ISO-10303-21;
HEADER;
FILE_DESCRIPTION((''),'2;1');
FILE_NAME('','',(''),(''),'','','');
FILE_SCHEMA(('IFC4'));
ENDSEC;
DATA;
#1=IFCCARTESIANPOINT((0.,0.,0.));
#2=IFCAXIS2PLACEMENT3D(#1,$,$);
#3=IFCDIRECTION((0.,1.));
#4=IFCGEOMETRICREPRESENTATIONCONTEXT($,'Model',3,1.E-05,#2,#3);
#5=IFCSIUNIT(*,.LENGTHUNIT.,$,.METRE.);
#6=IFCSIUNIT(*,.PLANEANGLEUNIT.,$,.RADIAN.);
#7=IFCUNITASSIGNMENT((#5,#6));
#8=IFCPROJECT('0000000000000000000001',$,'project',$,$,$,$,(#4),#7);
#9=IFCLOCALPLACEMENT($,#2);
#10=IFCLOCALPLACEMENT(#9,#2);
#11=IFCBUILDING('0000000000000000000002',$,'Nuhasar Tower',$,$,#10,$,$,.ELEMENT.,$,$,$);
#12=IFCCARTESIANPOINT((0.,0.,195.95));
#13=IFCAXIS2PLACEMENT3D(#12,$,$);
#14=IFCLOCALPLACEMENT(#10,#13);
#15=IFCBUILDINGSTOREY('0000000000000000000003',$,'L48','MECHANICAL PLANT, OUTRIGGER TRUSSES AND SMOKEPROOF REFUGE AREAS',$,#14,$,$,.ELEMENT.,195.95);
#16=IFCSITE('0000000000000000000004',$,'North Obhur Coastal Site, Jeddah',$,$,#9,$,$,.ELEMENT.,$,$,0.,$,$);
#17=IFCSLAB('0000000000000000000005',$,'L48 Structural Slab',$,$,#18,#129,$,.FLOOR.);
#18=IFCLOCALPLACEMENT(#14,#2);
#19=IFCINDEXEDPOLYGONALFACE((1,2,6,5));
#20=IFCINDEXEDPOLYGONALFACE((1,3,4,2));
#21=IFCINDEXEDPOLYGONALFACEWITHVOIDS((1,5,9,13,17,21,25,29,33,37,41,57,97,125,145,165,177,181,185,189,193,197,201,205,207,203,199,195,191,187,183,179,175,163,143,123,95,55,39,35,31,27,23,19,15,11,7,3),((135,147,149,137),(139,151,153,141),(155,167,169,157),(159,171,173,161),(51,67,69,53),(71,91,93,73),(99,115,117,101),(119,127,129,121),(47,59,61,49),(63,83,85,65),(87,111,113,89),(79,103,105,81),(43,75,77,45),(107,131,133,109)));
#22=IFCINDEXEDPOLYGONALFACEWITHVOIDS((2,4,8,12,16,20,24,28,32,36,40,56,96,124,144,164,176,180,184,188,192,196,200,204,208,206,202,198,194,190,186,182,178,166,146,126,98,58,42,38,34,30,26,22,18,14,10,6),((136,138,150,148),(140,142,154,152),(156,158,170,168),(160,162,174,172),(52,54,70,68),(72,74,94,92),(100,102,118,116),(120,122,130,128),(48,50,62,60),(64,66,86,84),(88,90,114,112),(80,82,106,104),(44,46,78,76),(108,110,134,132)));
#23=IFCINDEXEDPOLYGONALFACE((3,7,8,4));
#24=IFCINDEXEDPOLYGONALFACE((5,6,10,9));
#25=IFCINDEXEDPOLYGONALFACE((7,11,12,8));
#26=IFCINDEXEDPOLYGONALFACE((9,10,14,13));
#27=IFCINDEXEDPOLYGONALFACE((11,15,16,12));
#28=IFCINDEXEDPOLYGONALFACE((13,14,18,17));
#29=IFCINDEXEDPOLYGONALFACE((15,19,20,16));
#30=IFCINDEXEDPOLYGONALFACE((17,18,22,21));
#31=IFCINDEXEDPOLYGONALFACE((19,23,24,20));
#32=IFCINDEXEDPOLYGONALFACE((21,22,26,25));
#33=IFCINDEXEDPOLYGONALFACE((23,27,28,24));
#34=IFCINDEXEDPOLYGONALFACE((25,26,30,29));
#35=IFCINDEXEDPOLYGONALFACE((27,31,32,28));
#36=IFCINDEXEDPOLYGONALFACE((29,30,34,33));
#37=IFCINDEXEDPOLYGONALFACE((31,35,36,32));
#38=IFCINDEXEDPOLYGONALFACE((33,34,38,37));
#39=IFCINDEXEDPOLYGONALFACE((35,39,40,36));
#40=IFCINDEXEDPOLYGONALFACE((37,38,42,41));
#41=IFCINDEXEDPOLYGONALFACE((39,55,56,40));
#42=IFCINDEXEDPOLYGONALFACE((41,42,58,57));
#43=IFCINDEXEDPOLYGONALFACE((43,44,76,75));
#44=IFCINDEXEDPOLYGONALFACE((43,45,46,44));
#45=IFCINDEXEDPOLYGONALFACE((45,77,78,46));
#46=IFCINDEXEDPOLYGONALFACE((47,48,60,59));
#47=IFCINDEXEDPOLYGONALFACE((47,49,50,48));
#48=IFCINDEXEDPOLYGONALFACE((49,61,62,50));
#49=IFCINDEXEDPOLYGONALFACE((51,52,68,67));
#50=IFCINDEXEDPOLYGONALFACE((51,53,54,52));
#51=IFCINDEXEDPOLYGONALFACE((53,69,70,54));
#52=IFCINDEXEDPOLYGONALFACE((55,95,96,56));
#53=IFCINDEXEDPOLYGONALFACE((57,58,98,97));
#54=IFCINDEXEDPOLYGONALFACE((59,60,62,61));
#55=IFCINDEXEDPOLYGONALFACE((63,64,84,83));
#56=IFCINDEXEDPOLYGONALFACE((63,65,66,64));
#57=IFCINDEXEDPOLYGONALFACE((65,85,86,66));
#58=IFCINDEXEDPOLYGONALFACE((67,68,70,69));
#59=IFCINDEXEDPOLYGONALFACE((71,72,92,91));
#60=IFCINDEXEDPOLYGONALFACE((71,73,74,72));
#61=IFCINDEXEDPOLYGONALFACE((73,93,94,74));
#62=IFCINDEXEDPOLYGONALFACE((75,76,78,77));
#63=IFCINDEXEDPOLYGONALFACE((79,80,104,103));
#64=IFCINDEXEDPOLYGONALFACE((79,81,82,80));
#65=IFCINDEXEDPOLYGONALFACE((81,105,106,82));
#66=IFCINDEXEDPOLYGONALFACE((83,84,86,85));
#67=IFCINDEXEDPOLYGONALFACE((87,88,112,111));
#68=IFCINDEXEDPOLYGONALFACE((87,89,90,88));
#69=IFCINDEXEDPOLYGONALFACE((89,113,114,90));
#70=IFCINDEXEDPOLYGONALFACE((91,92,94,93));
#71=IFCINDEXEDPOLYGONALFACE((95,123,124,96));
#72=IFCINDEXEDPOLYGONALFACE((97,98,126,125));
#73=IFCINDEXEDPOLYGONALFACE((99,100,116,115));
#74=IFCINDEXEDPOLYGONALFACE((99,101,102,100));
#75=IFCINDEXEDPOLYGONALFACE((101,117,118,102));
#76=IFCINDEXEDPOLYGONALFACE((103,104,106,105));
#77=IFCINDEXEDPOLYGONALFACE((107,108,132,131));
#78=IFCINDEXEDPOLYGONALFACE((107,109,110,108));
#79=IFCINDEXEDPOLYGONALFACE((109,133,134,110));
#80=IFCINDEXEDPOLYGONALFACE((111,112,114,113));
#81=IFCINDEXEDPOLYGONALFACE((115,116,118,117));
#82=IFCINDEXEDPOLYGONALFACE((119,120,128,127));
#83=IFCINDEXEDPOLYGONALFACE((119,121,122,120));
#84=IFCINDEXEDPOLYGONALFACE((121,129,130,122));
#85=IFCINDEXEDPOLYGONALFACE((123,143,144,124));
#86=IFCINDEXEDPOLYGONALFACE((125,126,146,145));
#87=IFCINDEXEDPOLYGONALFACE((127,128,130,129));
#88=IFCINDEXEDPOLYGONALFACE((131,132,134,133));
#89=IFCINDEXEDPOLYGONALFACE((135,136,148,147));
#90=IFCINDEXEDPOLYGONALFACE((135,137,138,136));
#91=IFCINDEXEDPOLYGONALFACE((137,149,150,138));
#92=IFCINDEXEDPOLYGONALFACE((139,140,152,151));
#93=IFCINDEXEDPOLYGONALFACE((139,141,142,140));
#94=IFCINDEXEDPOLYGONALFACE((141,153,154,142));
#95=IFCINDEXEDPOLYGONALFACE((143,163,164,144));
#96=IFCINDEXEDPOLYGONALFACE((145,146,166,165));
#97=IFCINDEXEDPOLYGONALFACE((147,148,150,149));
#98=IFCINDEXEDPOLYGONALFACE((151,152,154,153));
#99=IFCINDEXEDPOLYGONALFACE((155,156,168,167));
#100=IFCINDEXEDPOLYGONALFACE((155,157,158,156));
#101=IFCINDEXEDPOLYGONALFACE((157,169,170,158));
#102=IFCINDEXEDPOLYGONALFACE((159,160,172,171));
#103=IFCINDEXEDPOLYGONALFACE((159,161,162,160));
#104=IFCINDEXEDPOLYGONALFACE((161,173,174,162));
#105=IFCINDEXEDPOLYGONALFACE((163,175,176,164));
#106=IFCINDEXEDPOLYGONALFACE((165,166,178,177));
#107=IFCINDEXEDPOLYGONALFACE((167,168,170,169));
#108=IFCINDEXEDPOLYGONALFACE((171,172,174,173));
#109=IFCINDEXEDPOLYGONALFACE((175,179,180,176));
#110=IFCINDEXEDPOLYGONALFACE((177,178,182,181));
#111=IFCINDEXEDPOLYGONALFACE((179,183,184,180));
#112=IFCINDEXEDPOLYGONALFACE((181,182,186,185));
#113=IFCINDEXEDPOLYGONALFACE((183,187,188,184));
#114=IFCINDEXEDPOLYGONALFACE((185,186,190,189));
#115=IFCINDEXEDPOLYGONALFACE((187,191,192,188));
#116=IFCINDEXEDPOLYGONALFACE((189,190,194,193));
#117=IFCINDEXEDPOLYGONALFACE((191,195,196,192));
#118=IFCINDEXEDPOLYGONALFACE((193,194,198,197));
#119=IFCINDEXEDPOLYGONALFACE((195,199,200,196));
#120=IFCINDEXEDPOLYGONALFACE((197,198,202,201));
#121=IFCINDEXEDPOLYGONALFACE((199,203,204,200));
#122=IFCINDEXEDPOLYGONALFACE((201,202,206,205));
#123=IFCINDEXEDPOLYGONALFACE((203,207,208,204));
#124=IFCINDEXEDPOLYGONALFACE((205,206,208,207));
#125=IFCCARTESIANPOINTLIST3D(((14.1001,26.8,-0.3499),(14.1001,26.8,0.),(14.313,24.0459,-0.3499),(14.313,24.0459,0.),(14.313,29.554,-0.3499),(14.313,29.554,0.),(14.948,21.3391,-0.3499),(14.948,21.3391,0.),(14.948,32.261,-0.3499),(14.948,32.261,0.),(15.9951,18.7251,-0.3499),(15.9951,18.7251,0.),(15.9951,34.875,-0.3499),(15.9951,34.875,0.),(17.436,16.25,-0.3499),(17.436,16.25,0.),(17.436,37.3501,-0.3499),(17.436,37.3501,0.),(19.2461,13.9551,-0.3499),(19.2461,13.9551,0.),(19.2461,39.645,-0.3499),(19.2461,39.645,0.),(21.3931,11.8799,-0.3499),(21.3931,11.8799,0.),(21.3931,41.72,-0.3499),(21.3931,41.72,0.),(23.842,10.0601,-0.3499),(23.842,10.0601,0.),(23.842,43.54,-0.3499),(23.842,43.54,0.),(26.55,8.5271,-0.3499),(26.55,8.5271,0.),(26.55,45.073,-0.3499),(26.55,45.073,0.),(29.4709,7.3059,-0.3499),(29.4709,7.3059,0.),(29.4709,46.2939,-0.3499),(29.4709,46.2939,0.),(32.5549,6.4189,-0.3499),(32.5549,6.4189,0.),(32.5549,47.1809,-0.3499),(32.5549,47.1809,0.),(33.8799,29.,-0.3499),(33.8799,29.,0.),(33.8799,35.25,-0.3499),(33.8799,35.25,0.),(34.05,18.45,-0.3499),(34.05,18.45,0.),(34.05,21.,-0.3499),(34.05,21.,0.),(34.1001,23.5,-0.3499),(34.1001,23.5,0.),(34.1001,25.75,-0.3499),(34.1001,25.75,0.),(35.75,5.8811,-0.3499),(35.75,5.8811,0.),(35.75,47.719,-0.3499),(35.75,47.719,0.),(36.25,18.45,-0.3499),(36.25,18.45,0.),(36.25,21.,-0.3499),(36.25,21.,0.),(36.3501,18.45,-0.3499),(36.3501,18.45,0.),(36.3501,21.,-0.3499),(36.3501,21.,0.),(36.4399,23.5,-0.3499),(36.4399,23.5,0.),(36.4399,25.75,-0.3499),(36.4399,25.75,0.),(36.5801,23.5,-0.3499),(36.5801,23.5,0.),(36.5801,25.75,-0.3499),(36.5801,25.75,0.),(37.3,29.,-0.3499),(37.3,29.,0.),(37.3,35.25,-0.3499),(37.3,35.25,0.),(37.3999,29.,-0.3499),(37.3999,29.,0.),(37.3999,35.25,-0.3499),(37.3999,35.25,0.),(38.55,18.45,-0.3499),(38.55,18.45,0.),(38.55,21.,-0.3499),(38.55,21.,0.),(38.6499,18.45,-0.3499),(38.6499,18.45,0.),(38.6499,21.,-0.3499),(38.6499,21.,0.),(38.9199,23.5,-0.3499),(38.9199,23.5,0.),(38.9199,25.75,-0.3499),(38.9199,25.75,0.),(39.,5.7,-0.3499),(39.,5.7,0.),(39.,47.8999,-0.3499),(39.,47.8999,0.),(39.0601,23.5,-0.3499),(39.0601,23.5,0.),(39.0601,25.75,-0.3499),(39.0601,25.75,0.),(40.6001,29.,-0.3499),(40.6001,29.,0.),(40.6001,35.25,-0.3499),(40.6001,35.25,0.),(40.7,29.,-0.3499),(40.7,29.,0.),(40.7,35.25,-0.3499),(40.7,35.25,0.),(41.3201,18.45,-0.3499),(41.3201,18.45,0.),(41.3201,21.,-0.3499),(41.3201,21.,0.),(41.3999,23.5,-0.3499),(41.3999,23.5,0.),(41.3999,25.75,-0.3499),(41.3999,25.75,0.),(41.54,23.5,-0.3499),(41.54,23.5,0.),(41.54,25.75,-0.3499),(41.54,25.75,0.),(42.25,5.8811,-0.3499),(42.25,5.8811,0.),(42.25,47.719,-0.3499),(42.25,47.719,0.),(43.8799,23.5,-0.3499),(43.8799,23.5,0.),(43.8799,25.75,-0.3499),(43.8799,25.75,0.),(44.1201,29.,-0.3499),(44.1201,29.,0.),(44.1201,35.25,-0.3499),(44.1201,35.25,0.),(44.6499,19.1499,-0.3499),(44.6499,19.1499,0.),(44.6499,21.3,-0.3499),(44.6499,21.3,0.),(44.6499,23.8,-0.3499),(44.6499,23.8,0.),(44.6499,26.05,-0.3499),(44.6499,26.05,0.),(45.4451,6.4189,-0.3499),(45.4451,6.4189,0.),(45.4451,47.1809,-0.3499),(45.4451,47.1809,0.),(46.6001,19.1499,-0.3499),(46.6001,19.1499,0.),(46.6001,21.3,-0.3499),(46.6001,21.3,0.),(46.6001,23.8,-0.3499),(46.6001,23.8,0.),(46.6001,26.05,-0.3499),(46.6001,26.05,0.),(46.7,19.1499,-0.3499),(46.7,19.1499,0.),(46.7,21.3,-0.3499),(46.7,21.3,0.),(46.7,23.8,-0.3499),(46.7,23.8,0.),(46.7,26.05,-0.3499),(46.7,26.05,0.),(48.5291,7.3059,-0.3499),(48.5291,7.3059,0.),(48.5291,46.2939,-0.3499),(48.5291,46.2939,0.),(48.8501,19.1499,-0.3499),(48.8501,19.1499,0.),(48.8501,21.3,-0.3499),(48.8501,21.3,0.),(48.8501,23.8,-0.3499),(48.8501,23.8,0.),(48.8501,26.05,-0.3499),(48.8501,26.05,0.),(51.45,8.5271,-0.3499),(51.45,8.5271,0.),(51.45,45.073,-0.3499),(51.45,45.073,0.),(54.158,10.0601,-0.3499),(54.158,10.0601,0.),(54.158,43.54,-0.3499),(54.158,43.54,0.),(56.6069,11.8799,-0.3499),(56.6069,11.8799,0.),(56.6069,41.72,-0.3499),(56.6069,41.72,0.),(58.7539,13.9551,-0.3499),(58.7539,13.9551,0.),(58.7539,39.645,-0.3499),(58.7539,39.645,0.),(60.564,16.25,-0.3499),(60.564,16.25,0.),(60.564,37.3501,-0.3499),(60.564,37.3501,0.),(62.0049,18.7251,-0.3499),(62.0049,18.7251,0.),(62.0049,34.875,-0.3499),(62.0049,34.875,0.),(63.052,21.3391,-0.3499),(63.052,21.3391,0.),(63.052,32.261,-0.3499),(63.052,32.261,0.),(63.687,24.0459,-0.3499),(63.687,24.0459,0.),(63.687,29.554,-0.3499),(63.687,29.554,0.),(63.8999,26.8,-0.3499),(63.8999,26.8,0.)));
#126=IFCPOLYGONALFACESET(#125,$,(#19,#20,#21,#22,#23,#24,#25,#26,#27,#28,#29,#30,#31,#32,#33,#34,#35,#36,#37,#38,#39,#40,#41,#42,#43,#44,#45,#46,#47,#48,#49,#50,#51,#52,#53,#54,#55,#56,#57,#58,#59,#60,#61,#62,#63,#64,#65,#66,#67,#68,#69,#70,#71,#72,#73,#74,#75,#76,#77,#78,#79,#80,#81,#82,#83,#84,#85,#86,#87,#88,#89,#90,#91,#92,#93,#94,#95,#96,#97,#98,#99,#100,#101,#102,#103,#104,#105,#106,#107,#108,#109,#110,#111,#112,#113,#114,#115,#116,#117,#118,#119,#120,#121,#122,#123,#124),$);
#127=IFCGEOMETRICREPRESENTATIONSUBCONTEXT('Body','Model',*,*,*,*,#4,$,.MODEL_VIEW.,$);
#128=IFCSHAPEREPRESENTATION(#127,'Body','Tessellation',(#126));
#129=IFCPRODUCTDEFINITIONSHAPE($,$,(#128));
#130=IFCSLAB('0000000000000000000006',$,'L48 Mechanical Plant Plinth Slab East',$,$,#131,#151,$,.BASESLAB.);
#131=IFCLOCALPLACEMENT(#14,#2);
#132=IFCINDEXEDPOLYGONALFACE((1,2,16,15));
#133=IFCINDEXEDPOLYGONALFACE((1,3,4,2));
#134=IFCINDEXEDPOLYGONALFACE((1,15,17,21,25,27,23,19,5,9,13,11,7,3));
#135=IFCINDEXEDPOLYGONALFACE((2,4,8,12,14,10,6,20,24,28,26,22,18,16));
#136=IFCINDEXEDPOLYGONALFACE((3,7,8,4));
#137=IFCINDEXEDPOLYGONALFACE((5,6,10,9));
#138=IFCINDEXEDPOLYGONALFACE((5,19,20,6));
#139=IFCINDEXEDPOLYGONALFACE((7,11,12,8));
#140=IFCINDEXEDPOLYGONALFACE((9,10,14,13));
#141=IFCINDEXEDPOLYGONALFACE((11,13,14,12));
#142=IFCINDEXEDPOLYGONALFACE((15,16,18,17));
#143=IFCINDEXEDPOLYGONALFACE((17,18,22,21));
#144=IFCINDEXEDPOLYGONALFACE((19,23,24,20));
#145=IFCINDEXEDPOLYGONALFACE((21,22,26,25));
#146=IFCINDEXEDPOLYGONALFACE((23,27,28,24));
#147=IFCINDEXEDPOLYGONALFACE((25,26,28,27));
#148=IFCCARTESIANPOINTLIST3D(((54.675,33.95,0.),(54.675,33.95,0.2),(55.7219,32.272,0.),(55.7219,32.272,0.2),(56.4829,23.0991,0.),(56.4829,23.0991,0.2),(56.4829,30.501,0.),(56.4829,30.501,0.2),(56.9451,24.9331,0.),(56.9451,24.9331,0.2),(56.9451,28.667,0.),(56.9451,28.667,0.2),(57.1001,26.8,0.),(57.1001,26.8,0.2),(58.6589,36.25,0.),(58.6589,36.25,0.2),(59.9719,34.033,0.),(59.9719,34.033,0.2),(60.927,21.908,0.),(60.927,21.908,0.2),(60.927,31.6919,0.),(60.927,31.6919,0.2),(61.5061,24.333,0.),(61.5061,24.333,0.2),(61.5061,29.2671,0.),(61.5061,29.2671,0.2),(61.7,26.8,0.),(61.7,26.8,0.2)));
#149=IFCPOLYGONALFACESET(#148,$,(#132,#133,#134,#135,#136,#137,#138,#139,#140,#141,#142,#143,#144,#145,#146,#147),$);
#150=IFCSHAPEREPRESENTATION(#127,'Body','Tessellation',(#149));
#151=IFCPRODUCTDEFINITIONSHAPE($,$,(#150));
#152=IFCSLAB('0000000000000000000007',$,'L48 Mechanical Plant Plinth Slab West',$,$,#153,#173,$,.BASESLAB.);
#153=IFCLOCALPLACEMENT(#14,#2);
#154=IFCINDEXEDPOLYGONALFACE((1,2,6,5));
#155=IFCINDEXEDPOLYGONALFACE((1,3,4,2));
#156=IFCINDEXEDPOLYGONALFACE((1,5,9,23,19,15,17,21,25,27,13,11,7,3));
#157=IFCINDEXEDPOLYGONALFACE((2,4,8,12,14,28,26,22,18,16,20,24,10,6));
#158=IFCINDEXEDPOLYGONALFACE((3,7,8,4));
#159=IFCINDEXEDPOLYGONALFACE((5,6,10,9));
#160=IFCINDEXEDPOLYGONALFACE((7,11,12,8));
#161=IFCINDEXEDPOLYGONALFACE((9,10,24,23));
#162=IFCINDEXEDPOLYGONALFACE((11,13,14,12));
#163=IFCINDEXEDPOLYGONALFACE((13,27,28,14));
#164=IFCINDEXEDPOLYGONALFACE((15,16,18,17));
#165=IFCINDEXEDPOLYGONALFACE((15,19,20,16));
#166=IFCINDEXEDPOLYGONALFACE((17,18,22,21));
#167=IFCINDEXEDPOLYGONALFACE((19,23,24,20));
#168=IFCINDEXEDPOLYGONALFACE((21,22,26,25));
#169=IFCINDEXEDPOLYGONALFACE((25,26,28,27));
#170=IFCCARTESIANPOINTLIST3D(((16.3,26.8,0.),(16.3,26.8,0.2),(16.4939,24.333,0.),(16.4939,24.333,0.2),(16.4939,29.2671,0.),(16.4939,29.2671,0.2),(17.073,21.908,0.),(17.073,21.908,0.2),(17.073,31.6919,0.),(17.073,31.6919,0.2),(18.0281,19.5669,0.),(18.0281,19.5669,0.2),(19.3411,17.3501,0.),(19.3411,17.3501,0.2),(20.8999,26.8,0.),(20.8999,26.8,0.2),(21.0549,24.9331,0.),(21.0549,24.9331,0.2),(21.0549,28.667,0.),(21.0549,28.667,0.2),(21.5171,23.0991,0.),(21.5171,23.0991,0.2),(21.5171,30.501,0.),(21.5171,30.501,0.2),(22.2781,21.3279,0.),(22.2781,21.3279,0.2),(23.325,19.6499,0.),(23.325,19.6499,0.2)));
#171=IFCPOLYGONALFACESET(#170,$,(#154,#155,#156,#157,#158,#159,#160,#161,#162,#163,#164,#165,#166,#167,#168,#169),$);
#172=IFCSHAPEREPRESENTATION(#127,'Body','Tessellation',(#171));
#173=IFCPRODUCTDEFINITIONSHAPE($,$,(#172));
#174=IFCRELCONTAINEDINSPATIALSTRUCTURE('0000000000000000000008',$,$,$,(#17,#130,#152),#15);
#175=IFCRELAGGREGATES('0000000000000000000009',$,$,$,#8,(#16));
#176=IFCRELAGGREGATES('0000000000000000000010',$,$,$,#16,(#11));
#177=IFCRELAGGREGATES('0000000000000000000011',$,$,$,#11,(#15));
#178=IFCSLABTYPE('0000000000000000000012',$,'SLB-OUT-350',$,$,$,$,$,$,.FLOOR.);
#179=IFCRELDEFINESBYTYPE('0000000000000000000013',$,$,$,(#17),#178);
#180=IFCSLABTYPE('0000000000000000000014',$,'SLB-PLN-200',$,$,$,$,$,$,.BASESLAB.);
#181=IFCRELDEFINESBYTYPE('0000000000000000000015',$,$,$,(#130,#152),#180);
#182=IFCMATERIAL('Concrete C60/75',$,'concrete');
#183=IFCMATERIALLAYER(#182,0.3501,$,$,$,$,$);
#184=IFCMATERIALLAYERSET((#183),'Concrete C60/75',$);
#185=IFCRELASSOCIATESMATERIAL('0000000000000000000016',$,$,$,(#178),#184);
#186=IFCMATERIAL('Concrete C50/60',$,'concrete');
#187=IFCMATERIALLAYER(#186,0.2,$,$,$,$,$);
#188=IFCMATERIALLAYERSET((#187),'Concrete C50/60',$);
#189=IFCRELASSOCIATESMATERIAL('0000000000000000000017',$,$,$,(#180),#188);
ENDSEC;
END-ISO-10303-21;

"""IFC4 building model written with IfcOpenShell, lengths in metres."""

from ifc_helpers import new_model, si_unit, direction, frame, origin, place, context, subcontext, project, spatial, polyline, outline, extrude, material, layer, layer_set, type_object, element, save


model = new_model("IFC4")

# Units and contexts
model_context = context("Model", 3, precision=1e-05, world=origin(), true_north=direction((0.0, 1.0)))
body_context = subcontext(model_context, "Body", "Model", "MODEL_VIEW")
ifc_project = project(units=[si_unit("LENGTHUNIT", "METRE"), si_unit("PLANEANGLEUNIT", "RADIAN")], contexts=[model_context])

# Site, building, storey
site_placement = place(None, origin())
site = spatial("IfcSite", under=ifc_project, at=site_placement, Name="North Obhur Coastal Site, Jeddah", CompositionType="ELEMENT", RefElevation=0.0)
building_placement = place(site_placement, origin())
building = spatial("IfcBuilding", under=site, at=building_placement, Name="Nuhasar Tower", CompositionType="ELEMENT")
storey_placement = place(building_placement, frame((0.0, 0.0, 195.95)))
storey = spatial("IfcBuildingStorey", under=building, at=storey_placement, Name="L48", Description="MECHANICAL PLANT, OUTRIGGER TRUSSES AND SMOKEPROOF REFUGE AREAS", CompositionType="ELEMENT", Elevation=195.95)

# Slabs
ifc_material_1 = material(Name="Concrete C60/75", Category="concrete")
ifc_layer_1 = layer(ifc_material_1, 0.3501)
ifc_layer_set_1 = layer_set([ifc_layer_1], Name="Concrete C60/75")
slab_type_1 = type_object("IfcSlabType", Name="SLB-OUT-350", PredefinedType="FLOOR", material=ifc_layer_set_1)
slab_1_placement = place(storey_placement, frame((0.0, 0.0, -0.3499)))
element("IfcSlab", 1, at=slab_1_placement, inside=storey, type_object=slab_type_1, Name="L48 Structural Slab", PredefinedType="FLOOR", context=body_context, shape_type="SweptSolid", body=[
    extrude(outline(polyline([(63.8999, 26.8), (63.687, 29.554), (63.052, 32.261), (62.0049, 34.875), (60.564, 37.3501), (58.7539, 39.645), (56.6069, 41.72), (54.158, 43.54), (51.45, 45.073), (48.5291, 46.2939), (45.4451, 47.1809), (42.25, 47.719), (39.0, 47.8999), (35.75, 47.719), (32.5549, 47.1809), (29.4709, 46.2939), (26.55, 45.073), (23.842, 43.54), (21.3931, 41.72), (19.2461, 39.645), (17.436, 37.3501), (15.9951, 34.875), (14.948, 32.261), (14.313, 29.554), (14.1001, 26.8), (14.313, 24.0459), (14.948, 21.3391), (15.9951, 18.7251), (17.436, 16.25), (19.2461, 13.9551), (21.3931, 11.8799), (23.842, 10.0601), (26.55, 8.5271), (29.4709, 7.3059), (32.5549, 6.4189), (35.75, 5.8811), (39.0, 5.7), (42.25, 5.8811), (45.4451, 6.4189), (48.5291, 7.3059), (51.45, 8.5271), (54.158, 10.0601), (56.6069, 11.8799), (58.7539, 13.9551), (60.564, 16.25), (62.0049, 18.7251), (63.052, 21.3391), (63.687, 24.0459), (63.8999, 26.8)]), holes=[polyline([(33.8799, 35.25), (37.3, 35.25), (37.3, 29.0), (33.8799, 29.0), (33.8799, 35.25)]), polyline([(37.3999, 35.25), (40.6001, 35.25), (40.6001, 29.0), (37.3999, 29.0), (37.3999, 35.25)]), polyline([(40.7, 35.25), (44.1201, 35.25), (44.1201, 29.0), (40.7, 29.0), (40.7, 35.25)]), polyline([(44.6499, 26.05), (46.6001, 26.05), (46.6001, 23.8), (44.6499, 23.8), (44.6499, 26.05)]), polyline([(46.7, 26.05), (48.8501, 26.05), (48.8501, 23.8), (46.7, 23.8), (46.7, 26.05)]), polyline([(44.6499, 21.3), (46.6001, 21.3), (46.6001, 19.1499), (44.6499, 19.1499), (44.6499, 21.3)]), polyline([(46.7, 21.3), (48.8501, 21.3), (48.8501, 19.1499), (46.7, 19.1499), (46.7, 21.3)]), polyline([(34.1001, 25.75), (36.4399, 25.75), (36.4399, 23.5), (34.1001, 23.5), (34.1001, 25.75)]), polyline([(36.5801, 25.75), (38.9199, 25.75), (38.9199, 23.5), (36.5801, 23.5), (36.5801, 25.75)]), polyline([(39.0601, 25.75), (41.3999, 25.75), (41.3999, 23.5), (39.0601, 23.5), (39.0601, 25.75)]), polyline([(41.54, 25.75), (43.8799, 25.75), (43.8799, 23.5), (41.54, 23.5), (41.54, 25.75)]), polyline([(34.05, 21.0), (36.25, 21.0), (36.25, 18.45), (34.05, 18.45), (34.05, 21.0)]), polyline([(36.3501, 21.0), (38.55, 21.0), (38.55, 18.45), (36.3501, 18.45), (36.3501, 21.0)]), polyline([(38.6499, 21.0), (41.3201, 21.0), (41.3201, 18.45), (38.6499, 18.45), (38.6499, 21.0)])]), origin(), (0.0, 0.0, 1.0), 0.3499),
])
ifc_material_2 = material(Name="Concrete C50/60", Category="concrete")
ifc_layer_2 = layer(ifc_material_2, 0.2)
ifc_layer_set_2 = layer_set([ifc_layer_2], Name="Concrete C50/60")
slab_type_2 = type_object("IfcSlabType", Name="SLB-PLN-200", PredefinedType="BASESLAB", material=ifc_layer_set_2)
slab_2_placement = place(storey_placement, origin())
element("IfcSlab", 2, at=slab_2_placement, inside=storey, type_object=slab_type_2, Name="L48 Mechanical Plant Plinth Slab East", PredefinedType="BASESLAB", context=body_context, shape_type="SweptSolid", body=[
    extrude(outline(polyline([(60.927, 21.908), (61.5061, 24.333), (61.7, 26.8), (61.5061, 29.2671), (60.927, 31.6919), (59.9719, 34.033), (58.6589, 36.25), (54.675, 33.95), (55.7219, 32.272), (56.4829, 30.501), (56.9451, 28.667), (57.1001, 26.8), (56.9451, 24.9331), (56.4829, 23.0991), (60.927, 21.908)])), origin(), (0.0, 0.0, 1.0), 0.2),
])
slab_3_placement = place(storey_placement, origin())
element("IfcSlab", 3, at=slab_3_placement, inside=storey, type_object=slab_type_2, Name="L48 Mechanical Plant Plinth Slab West", PredefinedType="BASESLAB", context=body_context, shape_type="SweptSolid", body=[
    extrude(outline(polyline([(17.073, 31.6919), (16.4939, 29.2671), (16.3, 26.8), (16.4939, 24.333), (17.073, 21.908), (18.0281, 19.5669), (19.3411, 17.3501), (23.325, 19.6499), (22.2781, 21.3279), (21.5171, 23.0991), (21.0549, 24.9331), (20.8999, 26.8), (21.0549, 28.667), (21.5171, 30.501), (17.073, 31.6919)])), origin(), (0.0, 0.0, 1.0), 0.2),
])

save(model, "model.ifc")
